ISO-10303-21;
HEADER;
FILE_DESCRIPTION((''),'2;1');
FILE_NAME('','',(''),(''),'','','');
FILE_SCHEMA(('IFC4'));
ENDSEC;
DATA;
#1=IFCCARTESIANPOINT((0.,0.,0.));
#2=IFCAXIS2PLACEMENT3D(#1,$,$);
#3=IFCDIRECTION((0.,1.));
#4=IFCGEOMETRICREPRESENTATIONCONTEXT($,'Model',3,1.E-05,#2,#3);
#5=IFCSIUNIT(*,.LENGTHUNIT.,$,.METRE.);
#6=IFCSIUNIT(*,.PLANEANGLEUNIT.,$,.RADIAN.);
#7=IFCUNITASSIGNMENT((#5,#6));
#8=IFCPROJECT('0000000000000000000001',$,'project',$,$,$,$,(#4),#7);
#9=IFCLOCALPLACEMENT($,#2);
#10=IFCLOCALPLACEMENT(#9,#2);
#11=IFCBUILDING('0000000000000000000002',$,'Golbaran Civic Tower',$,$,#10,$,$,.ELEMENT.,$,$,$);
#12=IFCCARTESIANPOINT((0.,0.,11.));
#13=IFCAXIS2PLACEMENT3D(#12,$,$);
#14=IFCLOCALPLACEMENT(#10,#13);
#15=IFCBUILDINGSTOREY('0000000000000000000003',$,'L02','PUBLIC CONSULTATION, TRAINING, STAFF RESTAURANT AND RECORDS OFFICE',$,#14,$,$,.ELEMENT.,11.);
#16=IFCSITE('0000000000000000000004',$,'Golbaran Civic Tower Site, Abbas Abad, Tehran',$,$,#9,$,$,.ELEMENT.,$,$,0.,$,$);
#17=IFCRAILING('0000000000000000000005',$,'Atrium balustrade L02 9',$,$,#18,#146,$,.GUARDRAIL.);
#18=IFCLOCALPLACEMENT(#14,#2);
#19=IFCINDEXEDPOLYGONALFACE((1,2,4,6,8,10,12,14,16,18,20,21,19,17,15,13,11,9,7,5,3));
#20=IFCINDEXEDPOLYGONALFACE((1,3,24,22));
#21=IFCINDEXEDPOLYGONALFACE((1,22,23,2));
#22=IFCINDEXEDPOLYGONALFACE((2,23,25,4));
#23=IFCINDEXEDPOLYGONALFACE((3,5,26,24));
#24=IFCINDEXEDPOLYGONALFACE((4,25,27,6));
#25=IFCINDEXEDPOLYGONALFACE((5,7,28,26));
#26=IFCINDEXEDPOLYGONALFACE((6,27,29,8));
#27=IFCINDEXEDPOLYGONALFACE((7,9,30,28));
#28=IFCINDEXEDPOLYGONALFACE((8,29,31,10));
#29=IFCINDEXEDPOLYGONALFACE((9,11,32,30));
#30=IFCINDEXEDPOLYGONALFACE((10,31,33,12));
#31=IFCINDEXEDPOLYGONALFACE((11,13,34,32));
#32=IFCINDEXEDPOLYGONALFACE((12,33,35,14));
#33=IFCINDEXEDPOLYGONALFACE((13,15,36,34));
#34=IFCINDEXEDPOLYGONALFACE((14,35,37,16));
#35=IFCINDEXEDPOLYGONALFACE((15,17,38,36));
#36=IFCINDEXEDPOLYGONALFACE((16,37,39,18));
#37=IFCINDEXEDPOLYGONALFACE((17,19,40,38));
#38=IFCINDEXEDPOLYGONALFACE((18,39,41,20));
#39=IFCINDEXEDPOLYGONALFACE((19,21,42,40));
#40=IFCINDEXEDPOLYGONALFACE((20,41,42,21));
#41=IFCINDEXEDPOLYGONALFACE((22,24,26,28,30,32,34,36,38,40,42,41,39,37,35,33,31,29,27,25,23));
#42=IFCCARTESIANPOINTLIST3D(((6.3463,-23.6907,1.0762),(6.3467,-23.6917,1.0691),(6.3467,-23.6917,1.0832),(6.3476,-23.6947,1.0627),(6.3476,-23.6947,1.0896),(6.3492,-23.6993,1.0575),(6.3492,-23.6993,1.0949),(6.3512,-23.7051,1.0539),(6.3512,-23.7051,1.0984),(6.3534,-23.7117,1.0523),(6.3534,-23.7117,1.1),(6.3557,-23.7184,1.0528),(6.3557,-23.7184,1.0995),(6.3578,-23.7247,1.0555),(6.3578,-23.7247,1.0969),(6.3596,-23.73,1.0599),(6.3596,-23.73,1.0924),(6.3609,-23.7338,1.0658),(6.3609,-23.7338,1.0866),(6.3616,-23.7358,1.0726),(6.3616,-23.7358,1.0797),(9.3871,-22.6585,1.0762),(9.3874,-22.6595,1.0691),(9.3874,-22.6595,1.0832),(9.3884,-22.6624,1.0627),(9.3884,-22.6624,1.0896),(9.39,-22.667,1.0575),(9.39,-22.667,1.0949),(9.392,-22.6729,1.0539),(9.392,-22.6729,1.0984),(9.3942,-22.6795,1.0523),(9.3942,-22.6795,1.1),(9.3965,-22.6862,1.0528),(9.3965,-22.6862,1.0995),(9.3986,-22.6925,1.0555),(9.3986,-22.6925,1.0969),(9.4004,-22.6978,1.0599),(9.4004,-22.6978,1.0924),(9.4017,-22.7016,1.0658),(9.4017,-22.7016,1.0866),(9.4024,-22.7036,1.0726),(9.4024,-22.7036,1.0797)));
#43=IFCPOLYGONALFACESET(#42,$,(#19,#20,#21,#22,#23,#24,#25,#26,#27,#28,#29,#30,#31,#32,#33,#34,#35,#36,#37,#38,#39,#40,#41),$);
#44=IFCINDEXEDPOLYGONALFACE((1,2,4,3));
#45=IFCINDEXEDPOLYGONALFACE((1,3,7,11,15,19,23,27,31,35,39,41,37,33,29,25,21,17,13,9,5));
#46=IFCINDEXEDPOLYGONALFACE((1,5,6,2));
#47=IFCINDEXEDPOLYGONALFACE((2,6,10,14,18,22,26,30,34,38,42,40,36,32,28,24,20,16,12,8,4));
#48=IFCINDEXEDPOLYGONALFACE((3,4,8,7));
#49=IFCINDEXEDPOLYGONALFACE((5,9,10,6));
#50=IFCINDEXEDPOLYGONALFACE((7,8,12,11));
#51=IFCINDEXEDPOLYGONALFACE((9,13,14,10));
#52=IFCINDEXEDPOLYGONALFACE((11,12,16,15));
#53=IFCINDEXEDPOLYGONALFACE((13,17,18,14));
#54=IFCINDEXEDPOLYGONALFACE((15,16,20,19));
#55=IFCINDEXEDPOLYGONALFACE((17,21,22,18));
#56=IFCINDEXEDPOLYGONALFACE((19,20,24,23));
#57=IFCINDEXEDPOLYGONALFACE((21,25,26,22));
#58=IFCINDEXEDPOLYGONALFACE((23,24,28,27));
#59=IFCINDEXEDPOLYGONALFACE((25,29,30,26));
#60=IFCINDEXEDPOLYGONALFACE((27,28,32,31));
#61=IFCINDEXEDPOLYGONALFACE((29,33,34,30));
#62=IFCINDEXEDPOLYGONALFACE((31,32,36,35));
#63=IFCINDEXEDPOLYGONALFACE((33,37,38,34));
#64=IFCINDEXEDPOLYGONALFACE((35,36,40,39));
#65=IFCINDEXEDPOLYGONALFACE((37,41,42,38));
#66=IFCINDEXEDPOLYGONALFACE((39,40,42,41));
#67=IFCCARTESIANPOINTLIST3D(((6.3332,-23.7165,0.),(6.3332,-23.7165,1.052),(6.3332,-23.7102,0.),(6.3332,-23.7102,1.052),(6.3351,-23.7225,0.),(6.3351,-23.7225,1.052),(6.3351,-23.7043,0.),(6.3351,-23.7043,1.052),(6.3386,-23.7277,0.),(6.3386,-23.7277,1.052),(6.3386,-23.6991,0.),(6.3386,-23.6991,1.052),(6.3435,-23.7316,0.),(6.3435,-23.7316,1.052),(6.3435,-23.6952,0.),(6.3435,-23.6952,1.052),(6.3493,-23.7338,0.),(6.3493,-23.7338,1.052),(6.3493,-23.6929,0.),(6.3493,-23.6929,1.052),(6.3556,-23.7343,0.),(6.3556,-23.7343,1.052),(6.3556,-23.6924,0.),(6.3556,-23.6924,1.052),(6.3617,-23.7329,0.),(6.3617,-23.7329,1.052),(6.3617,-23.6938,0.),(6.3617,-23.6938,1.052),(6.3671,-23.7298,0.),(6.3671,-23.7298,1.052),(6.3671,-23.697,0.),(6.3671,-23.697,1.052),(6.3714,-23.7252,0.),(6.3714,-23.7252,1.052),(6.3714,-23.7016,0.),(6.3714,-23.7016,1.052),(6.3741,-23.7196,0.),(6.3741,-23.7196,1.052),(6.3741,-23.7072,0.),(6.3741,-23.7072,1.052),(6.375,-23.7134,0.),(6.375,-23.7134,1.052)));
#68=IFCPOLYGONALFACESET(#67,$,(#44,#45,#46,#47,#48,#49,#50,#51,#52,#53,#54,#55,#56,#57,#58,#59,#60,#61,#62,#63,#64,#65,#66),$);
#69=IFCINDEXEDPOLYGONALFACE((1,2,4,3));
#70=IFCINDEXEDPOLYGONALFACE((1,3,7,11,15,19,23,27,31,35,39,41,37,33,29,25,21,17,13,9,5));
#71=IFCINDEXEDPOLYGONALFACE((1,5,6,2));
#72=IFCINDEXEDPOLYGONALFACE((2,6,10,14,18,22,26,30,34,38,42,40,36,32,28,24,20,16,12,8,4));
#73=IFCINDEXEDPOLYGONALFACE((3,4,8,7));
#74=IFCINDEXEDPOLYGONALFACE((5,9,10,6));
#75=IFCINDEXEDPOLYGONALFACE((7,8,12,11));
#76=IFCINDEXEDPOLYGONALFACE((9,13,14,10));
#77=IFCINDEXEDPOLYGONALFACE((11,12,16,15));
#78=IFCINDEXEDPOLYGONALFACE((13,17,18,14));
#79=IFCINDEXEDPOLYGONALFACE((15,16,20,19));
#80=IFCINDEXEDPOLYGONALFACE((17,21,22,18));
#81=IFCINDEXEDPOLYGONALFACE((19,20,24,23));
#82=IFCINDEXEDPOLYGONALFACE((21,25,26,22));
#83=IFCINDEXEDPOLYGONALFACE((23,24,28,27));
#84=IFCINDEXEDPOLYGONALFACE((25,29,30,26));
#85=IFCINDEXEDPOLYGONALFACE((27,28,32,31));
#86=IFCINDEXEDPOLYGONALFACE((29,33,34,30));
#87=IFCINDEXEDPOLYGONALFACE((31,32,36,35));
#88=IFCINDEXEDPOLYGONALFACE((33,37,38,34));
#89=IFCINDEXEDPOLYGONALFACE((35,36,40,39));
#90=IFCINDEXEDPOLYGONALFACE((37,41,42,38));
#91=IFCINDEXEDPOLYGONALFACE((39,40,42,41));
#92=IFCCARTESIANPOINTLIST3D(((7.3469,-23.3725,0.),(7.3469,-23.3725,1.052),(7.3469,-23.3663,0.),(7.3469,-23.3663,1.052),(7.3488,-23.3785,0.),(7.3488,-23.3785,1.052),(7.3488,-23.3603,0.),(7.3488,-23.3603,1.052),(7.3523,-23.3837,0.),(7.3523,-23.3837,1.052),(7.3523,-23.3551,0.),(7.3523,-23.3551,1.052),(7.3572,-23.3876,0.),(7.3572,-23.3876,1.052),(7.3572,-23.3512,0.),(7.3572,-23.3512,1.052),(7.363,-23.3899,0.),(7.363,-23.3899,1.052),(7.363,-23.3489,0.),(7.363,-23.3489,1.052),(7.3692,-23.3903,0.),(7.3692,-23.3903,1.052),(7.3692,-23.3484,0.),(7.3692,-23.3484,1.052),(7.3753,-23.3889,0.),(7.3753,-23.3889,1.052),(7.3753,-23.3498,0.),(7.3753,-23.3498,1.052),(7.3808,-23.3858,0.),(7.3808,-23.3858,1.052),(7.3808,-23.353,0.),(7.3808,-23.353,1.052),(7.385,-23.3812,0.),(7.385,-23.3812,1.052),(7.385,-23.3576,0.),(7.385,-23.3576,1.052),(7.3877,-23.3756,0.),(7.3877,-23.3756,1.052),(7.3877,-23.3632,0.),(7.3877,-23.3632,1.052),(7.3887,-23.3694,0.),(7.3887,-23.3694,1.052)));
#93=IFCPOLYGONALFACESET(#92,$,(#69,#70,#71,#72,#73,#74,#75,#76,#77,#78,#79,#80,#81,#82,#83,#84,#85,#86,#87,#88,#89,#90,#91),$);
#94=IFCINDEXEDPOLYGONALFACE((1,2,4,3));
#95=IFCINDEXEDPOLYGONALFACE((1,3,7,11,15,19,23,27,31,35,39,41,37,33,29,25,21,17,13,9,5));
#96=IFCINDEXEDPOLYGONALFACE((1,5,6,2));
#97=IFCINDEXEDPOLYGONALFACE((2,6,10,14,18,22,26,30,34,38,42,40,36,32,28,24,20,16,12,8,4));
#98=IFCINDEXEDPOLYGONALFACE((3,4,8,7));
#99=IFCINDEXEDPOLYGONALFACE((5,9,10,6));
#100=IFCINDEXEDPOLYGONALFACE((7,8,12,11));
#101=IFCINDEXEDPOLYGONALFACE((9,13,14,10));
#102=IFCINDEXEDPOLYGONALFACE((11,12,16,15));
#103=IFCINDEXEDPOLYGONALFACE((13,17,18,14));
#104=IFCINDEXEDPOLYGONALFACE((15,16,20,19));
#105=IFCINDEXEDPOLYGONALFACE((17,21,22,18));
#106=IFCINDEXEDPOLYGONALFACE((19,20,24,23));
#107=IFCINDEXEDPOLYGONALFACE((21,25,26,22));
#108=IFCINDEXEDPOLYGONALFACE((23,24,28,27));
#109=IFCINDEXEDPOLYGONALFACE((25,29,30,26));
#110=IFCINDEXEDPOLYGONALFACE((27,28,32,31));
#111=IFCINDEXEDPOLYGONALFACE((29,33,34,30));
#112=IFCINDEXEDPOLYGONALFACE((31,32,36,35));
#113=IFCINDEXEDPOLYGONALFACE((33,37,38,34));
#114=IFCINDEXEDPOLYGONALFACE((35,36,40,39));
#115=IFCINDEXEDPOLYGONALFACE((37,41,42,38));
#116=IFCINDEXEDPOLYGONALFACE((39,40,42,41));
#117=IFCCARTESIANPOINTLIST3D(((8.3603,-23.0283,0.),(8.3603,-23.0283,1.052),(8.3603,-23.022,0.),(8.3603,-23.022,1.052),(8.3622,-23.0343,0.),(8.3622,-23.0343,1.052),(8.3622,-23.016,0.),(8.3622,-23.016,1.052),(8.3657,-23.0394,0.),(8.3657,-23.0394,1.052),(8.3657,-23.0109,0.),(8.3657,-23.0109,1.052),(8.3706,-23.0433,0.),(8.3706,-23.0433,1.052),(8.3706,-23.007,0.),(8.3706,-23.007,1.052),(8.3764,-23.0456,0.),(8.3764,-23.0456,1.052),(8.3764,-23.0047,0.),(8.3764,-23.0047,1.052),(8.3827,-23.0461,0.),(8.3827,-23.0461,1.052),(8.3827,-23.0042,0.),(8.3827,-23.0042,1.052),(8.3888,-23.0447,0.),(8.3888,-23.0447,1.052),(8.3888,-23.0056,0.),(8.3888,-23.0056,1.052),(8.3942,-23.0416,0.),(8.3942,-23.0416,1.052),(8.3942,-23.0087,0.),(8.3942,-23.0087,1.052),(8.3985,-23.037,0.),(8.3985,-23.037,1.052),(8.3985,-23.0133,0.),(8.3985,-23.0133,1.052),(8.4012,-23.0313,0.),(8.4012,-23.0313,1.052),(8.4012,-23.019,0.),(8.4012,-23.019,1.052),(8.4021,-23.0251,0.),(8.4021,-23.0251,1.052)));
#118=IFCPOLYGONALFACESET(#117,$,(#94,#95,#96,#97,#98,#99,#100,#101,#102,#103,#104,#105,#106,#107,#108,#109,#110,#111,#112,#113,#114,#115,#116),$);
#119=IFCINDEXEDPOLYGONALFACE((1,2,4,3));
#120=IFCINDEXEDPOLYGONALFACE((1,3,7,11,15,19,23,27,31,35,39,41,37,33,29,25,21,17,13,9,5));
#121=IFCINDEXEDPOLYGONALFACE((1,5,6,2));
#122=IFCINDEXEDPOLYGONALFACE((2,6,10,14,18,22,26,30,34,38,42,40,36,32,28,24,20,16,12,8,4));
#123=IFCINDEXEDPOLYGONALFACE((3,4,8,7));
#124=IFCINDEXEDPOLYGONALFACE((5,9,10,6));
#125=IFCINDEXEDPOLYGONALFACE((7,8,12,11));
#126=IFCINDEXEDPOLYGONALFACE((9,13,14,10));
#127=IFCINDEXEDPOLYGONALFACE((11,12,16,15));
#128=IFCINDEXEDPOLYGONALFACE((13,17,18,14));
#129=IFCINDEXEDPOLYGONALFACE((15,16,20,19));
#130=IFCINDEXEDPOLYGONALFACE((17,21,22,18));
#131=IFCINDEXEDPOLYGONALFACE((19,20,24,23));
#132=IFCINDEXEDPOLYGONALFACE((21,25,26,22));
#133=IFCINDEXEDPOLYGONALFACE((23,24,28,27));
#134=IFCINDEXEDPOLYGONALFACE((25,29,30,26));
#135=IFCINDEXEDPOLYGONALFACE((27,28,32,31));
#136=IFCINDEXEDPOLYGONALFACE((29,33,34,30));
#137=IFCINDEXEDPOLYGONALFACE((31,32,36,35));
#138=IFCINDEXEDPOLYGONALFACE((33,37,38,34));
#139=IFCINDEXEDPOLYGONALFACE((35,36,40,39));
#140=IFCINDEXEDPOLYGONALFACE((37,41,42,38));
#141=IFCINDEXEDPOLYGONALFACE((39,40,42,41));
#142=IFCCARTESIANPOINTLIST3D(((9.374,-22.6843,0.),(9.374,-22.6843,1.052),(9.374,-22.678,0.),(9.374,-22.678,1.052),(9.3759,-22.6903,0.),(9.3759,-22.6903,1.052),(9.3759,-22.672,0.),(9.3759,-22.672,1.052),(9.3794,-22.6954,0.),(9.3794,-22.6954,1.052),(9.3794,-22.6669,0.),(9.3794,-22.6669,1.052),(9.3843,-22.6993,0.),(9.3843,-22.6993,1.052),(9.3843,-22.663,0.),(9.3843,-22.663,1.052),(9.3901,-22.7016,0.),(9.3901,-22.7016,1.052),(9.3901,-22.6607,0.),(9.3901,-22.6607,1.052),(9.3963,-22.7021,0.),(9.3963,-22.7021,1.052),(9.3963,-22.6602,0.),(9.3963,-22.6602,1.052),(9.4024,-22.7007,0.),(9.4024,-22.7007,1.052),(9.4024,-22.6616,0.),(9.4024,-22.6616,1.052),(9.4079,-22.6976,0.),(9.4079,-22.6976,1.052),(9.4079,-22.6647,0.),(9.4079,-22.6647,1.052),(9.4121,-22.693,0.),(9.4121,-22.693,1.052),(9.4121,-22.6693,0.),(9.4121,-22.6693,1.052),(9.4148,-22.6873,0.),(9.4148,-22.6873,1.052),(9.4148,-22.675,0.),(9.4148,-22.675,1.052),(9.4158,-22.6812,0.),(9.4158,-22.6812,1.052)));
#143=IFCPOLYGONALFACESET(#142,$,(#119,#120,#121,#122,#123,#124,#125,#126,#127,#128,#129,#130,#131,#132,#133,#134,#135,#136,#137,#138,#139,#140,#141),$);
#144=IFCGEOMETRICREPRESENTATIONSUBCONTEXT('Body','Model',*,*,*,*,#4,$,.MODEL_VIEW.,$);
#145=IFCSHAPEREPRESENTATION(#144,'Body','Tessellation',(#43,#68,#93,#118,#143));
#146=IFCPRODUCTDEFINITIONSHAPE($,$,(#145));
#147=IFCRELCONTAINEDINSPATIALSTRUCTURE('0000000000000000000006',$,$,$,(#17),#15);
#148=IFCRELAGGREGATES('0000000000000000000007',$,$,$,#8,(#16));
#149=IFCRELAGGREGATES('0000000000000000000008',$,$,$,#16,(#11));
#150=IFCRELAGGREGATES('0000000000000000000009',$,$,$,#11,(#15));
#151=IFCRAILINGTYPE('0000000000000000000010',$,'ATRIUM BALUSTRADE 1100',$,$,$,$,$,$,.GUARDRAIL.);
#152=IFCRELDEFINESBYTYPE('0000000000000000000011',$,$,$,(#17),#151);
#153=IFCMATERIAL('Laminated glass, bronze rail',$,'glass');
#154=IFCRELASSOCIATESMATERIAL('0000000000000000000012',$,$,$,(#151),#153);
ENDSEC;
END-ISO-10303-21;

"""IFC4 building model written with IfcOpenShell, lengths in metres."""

from ifc_helpers import new_model, si_unit, direction, frame, origin, origin_2d, place, context, subcontext, project, spatial, circle, extrude, material, type_object, element, save


model = new_model("IFC4")

# Units and contexts
model_context = context("Model", 3, precision=1e-05, world=origin(), true_north=direction((0.0, 1.0)))
body_context = subcontext(model_context, "Body", "Model", "MODEL_VIEW")
ifc_project = project(units=[si_unit("LENGTHUNIT", "METRE"), si_unit("PLANEANGLEUNIT", "RADIAN")], contexts=[model_context])

# Site, building, storey
site_placement = place(None, origin())
site = spatial("IfcSite", under=ifc_project, at=site_placement, Name="Golbaran Civic Tower Site, Abbas Abad, Tehran", CompositionType="ELEMENT", RefElevation=0.0)
building_placement = place(site_placement, origin())
building = spatial("IfcBuilding", under=site, at=building_placement, Name="Golbaran Civic Tower", CompositionType="ELEMENT")
storey_placement = place(building_placement, frame((0.0, 0.0, 11.0)))
storey = spatial("IfcBuildingStorey", under=building, at=storey_placement, Name="L02", Description="PUBLIC CONSULTATION, TRAINING, STAFF RESTAURANT AND RECORDS OFFICE", CompositionType="ELEMENT", Elevation=11.0)

# Railing
ifc_material_1 = material(Name="Laminated glass, bronze rail", Category="glass")
railing_type = type_object("IfcRailingType", Name="ATRIUM BALUSTRADE 1100", PredefinedType="GUARDRAIL", material=ifc_material_1)
railing_1_placement = place(storey_placement, frame((6.354, -23.7134, 0.0)))
element("IfcRailing", 1, at=railing_1_placement, inside=storey, type_object=railing_type, Name="Atrium balustrade L02 9", PredefinedType="GUARDRAIL", context=body_context, shape_type="SweptSolid", body=[
    extrude(circle(Radius=0.0239, at=origin_2d()), frame((0.0, 0.0, 1.0762), z_axis=(0.946928, 0.321446, 0.0), x_axis=(-0.321446, 0.946928, 0.0)), (0.0, 0.0, 1.0), 3.2112),
    extrude(circle(Radius=0.021, at=origin_2d()), origin(), (0.0, 0.0, 1.0), 1.052),
    extrude(circle(Radius=0.021, at=origin_2d()), frame((1.0137, 0.344, 0.0)), (0.0, 0.0, 1.0), 1.052),
    extrude(circle(Radius=0.021, at=origin_2d()), frame((2.0271, 0.6882, 0.0)), (0.0, 0.0, 1.0), 1.052),
    extrude(circle(Radius=0.021, at=origin_2d()), frame((3.0408, 1.0322, 0.0)), (0.0, 0.0, 1.0), 1.052),
])

save(model, "model.ifc")
